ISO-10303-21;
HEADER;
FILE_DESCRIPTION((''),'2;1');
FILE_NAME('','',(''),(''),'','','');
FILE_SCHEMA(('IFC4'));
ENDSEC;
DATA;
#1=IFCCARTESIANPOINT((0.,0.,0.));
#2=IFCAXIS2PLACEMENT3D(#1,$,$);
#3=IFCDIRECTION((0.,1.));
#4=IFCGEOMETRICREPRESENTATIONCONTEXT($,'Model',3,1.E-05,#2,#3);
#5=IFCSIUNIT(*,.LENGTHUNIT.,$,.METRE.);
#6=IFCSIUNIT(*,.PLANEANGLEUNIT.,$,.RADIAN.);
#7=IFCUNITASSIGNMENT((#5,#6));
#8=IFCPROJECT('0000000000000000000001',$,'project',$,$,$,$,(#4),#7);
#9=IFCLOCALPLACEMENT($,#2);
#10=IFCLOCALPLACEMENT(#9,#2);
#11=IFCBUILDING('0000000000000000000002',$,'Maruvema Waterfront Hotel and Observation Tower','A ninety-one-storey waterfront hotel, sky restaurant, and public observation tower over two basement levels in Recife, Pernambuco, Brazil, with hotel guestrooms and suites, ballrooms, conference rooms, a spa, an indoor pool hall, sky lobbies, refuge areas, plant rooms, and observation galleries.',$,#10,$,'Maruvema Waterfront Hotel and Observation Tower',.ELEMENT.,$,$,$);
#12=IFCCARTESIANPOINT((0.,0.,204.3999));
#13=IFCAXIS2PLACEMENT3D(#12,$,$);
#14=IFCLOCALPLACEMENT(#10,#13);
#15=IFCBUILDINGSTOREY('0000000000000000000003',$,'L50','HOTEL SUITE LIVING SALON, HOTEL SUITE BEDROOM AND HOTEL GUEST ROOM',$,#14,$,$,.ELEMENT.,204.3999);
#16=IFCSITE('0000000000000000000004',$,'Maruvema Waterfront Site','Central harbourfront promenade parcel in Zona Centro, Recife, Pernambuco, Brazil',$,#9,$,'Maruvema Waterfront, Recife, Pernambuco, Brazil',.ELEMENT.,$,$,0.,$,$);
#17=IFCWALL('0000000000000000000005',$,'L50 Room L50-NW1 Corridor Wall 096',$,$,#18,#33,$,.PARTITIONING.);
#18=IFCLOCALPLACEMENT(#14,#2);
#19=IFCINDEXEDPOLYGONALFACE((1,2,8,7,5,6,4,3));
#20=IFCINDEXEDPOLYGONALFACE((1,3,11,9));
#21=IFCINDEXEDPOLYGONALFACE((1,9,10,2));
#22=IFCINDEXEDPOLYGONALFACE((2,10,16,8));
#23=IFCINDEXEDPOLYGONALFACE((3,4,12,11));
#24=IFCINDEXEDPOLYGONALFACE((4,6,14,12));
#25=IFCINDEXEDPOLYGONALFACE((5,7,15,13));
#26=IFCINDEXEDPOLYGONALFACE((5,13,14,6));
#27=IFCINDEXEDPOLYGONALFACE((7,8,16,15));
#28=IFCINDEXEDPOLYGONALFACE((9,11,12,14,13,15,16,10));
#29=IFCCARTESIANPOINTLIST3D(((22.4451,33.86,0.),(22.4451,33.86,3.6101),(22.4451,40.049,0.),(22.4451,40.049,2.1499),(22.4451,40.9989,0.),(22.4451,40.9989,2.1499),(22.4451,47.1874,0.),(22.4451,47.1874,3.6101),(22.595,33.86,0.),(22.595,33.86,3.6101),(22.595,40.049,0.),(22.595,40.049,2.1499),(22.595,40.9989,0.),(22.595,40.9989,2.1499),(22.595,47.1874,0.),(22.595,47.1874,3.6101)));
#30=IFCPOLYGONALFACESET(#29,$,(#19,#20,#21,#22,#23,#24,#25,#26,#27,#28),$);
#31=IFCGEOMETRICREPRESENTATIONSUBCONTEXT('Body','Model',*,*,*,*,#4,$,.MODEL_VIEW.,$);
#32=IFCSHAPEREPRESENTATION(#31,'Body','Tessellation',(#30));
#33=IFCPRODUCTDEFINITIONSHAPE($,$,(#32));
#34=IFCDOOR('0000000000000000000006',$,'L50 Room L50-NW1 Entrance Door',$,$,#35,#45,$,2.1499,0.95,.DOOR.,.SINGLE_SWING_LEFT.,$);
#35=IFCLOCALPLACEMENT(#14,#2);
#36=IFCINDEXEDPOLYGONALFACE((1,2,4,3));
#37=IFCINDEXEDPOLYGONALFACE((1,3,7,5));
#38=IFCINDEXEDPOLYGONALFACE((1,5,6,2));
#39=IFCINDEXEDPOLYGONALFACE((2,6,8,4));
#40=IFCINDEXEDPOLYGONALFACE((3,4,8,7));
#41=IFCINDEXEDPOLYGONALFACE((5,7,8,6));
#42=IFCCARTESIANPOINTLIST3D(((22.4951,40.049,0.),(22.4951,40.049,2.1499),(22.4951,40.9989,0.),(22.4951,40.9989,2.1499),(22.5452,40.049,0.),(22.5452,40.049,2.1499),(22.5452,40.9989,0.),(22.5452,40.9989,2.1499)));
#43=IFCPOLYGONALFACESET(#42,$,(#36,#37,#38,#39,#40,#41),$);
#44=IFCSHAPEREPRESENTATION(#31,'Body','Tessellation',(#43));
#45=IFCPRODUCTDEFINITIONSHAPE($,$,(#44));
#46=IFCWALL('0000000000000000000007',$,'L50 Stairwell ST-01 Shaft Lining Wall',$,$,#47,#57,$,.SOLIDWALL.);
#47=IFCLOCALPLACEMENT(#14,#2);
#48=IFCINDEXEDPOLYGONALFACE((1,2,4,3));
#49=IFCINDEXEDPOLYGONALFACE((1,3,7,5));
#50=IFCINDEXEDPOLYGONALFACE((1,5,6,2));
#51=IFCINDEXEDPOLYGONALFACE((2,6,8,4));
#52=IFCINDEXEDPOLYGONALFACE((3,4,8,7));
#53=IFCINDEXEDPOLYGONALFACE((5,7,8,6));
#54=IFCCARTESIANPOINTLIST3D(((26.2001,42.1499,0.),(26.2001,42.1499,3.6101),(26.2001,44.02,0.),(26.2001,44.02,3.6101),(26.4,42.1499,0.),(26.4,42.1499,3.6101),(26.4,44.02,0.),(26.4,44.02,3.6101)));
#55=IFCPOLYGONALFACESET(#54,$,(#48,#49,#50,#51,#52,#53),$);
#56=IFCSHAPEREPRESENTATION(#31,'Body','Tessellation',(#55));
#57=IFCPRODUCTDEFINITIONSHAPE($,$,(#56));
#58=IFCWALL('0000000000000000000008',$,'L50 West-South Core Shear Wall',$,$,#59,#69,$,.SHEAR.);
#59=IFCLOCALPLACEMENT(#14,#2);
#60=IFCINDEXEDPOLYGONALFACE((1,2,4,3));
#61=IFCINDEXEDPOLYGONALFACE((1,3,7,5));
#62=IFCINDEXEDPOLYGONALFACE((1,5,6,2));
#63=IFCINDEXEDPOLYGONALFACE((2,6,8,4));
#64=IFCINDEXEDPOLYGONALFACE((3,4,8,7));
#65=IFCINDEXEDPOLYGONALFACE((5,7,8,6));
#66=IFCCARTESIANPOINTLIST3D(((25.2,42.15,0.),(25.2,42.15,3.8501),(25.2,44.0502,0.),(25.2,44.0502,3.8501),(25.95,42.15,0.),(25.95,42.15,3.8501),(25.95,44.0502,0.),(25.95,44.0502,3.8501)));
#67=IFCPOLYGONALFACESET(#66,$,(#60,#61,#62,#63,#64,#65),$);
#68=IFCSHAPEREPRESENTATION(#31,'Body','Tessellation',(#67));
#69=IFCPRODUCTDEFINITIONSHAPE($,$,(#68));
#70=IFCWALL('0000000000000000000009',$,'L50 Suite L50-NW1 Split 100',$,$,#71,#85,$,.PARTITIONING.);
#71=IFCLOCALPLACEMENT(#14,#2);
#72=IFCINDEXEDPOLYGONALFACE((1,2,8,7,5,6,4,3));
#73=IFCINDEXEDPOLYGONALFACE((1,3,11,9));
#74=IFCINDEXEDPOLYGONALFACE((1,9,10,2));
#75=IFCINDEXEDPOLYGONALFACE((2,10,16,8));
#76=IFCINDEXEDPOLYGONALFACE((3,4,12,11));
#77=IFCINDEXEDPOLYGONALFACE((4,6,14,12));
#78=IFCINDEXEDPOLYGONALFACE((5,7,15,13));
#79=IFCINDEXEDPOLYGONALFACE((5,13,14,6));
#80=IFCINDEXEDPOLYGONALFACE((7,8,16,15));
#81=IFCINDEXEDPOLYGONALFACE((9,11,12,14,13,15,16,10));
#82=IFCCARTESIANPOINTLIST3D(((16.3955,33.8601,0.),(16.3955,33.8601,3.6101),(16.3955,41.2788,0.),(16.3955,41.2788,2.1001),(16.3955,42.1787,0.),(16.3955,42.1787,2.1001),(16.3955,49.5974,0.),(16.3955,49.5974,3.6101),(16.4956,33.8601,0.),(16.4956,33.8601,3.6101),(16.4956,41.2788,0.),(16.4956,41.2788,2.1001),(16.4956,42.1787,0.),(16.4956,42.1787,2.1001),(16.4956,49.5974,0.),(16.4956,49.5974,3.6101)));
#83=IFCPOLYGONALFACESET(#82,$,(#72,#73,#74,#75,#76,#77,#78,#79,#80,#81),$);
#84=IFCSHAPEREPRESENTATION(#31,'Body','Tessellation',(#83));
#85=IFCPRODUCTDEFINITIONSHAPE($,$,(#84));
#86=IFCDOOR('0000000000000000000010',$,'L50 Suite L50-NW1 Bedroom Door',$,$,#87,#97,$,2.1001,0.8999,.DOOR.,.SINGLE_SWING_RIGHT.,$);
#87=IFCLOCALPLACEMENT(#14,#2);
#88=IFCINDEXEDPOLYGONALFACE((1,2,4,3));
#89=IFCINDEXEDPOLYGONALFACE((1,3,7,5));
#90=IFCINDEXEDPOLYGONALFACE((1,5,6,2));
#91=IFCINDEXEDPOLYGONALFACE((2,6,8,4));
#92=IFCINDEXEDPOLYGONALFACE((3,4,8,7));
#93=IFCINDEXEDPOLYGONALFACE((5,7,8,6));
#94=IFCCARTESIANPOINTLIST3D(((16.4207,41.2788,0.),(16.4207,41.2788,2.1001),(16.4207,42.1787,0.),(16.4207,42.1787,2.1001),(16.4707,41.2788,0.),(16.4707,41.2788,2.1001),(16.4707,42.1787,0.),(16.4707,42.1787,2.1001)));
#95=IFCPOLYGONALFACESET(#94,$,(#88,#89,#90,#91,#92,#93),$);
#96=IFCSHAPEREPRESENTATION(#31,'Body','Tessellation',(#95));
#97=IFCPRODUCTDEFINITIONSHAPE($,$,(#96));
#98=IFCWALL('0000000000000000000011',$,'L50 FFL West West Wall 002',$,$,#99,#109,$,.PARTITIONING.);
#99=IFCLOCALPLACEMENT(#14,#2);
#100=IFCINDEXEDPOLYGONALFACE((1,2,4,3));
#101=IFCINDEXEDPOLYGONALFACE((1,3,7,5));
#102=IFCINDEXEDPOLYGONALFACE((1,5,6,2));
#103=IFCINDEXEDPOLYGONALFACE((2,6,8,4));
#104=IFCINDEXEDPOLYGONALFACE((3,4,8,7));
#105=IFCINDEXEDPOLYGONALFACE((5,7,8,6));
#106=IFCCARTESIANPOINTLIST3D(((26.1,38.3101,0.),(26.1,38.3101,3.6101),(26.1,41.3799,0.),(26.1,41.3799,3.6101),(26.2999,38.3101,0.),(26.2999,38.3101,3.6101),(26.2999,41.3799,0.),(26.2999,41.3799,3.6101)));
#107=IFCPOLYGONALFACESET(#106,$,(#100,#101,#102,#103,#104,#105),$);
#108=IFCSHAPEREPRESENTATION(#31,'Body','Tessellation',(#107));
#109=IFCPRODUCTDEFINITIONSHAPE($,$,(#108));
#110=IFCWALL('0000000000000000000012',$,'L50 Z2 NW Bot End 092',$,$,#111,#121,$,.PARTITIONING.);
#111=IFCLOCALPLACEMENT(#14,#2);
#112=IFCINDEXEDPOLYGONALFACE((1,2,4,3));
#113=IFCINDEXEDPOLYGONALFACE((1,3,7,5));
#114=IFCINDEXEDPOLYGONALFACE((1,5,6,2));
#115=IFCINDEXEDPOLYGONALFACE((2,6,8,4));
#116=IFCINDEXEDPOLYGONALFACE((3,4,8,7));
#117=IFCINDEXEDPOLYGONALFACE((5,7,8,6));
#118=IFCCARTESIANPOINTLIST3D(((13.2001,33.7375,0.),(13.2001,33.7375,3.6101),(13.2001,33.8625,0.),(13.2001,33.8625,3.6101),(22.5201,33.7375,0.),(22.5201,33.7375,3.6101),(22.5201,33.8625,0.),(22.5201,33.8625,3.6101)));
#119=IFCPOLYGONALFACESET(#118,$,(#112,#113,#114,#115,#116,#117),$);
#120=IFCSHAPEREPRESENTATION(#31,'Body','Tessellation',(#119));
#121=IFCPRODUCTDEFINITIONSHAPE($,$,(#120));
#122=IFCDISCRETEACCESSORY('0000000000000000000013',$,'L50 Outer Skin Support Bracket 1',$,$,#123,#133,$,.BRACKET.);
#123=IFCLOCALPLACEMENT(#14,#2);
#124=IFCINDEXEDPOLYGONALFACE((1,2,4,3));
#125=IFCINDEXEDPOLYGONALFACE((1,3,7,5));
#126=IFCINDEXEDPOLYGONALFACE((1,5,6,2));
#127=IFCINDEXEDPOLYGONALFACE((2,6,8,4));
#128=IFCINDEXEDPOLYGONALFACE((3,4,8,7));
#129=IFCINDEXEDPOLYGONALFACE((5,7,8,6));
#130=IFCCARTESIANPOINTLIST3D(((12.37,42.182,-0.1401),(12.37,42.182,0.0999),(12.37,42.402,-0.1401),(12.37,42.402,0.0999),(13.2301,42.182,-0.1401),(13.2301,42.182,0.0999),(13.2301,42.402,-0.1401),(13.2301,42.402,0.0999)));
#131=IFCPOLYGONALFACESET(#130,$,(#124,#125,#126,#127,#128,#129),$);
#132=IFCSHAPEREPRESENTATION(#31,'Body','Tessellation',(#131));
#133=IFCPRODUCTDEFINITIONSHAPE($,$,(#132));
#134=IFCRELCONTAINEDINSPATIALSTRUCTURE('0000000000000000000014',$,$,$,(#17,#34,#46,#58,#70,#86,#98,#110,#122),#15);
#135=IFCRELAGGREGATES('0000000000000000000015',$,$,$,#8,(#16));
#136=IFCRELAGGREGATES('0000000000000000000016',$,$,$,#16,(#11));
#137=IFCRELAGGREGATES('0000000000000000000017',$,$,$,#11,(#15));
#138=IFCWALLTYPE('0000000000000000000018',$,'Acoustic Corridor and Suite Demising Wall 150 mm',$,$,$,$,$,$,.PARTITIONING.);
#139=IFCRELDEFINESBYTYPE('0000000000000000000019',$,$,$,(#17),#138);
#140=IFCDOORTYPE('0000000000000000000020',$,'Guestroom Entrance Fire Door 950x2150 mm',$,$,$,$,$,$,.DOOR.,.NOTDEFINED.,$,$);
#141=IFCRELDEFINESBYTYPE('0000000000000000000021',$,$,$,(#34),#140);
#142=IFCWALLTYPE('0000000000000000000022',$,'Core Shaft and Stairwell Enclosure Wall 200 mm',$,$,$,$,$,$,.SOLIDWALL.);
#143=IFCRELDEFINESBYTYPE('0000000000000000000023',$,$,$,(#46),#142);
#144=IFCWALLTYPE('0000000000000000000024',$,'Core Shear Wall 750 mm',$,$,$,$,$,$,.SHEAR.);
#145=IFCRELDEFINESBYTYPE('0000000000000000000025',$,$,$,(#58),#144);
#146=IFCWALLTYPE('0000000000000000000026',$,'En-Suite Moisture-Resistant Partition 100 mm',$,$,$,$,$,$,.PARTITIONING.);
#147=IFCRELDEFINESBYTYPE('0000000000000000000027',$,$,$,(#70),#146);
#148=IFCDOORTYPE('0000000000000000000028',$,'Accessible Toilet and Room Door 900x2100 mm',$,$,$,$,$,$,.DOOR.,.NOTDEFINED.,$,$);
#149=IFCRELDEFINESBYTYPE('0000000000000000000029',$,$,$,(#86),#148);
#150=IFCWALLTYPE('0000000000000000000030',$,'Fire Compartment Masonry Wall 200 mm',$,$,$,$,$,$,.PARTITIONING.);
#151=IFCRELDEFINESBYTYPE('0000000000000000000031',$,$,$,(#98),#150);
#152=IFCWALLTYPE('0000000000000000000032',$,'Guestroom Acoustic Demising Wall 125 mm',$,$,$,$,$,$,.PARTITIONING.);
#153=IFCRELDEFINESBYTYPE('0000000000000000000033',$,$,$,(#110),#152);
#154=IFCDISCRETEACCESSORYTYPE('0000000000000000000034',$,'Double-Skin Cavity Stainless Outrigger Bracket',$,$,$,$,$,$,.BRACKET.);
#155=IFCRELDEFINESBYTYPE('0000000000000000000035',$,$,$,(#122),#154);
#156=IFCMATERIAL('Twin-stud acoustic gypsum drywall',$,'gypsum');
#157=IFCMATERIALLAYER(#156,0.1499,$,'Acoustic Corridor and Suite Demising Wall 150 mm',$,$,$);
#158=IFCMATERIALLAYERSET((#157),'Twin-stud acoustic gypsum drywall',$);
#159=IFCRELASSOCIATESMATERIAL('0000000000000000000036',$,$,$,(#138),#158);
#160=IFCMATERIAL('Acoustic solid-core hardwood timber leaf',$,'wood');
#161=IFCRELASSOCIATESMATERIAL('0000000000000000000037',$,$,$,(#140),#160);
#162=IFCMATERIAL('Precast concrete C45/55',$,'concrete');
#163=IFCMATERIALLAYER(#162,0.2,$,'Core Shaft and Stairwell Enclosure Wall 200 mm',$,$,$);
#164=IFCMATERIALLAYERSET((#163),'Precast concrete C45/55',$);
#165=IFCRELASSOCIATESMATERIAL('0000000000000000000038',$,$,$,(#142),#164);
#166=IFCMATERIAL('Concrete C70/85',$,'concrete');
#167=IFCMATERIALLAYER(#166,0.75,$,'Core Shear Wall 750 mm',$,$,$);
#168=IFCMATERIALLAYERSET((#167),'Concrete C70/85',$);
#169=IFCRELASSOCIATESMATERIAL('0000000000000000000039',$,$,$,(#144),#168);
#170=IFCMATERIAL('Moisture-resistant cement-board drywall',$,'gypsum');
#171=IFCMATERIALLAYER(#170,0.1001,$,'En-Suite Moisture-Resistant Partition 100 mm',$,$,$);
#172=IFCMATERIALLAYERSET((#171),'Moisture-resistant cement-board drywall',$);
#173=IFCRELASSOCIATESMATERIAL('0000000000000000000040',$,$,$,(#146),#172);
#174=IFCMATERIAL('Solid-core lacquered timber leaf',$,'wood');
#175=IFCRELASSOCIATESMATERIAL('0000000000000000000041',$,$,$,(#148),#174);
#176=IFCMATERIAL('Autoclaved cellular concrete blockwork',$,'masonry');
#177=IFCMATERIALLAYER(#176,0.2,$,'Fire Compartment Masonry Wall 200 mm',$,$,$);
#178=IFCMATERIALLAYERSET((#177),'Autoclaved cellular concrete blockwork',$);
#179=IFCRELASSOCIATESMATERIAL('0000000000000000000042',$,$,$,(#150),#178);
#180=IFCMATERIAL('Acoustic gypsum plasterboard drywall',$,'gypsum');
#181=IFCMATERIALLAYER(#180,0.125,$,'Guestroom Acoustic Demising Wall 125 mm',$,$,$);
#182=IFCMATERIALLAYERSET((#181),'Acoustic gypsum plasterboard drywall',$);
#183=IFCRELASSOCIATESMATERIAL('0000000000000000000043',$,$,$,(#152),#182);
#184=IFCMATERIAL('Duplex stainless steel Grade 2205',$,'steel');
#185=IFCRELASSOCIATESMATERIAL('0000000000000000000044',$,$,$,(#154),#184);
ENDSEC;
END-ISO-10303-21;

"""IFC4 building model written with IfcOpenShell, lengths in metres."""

from ifc_helpers import new_model, si_unit, direction, frame, frame_2d, origin, origin_2d, place, context, subcontext, project, spatial, rectangle, extrude, material, layer, layer_set, type_object, element, fill, save


model = new_model("IFC4")

# Units and contexts
model_context = context("Model", 3, precision=1e-05, world=origin(), true_north=direction((0.0, 1.0)))
body_context = subcontext(model_context, "Body", "Model", "MODEL_VIEW")
ifc_project = project(units=[si_unit("LENGTHUNIT", "METRE"), si_unit("PLANEANGLEUNIT", "RADIAN")], contexts=[model_context])

# Site, building, storey
site_placement = place(None, origin())
site = spatial("IfcSite", under=ifc_project, at=site_placement, Name="Maruvema Waterfront Site", Description="Central harbourfront promenade parcel in Zona Centro, Recife, Pernambuco, Brazil", LongName="Maruvema Waterfront, Recife, Pernambuco, Brazil", CompositionType="ELEMENT", RefElevation=0.0)
building_placement = place(site_placement, origin())
building = spatial("IfcBuilding", under=site, at=building_placement, Name="Maruvema Waterfront Hotel and Observation Tower", Description="A ninety-one-storey waterfront hotel, sky restaurant, and public observation tower over two basement levels in Recife, Pernambuco, Brazil, with hotel guestrooms and suites, ballrooms, conference rooms, a spa, an indoor pool hall, sky lobbies, refuge areas, plant rooms, and observation galleries.", LongName="Maruvema Waterfront Hotel and Observation Tower", CompositionType="ELEMENT")
storey_placement = place(building_placement, frame((0.0, 0.0, 204.3999)))
storey = spatial("IfcBuildingStorey", under=building, at=storey_placement, Name="L50", Description="HOTEL SUITE LIVING SALON, HOTEL SUITE BEDROOM AND HOTEL GUEST ROOM", CompositionType="ELEMENT", Elevation=204.3999)

# Wall, opening, door
ifc_material_1 = material(Name="Twin-stud acoustic gypsum drywall", Category="gypsum")
ifc_layer_1 = layer(ifc_material_1, 0.1499, Name="Acoustic Corridor and Suite Demising Wall 150 mm")
ifc_layer_set_1 = layer_set([ifc_layer_1], Name="Twin-stud acoustic gypsum drywall")
wall_type_1 = type_object("IfcWallType", Name="Acoustic Corridor and Suite Demising Wall 150 mm", PredefinedType="PARTITIONING", material=ifc_layer_set_1)
wall_1_placement = place(storey_placement, frame((22.52, 33.8601, 0.0), z_axis=(0.0, 0.0, 1.0), x_axis=(0.0, 1.0, 0.0)))
wall_1 = element("IfcWall", 1, at=wall_1_placement, inside=storey, type_object=wall_type_1, Name="L50 Room L50-NW1 Corridor Wall 096", PredefinedType="PARTITIONING", context=body_context, shape_type="SweptSolid", body=[
    extrude(rectangle(XDim=13.3274, YDim=0.1499, at=frame_2d((6.6636, 0.0))), origin(), (0.0, 0.0, 1.0), 3.6101),
])
opening_1_placement = place(wall_1_placement, frame((6.1887, 0.0, 0.0)))
opening_1 = element("IfcOpeningElement", 2, at=opening_1_placement, cuts=wall_1, PredefinedType="OPENING", context=body_context, shape_type="SweptSolid", body=[
    extrude(rectangle(XDim=0.95, YDim=2.1499, at=frame_2d((0.4751, 1.075))), frame((0.0, 0.085, 0.0), z_axis=(0.0, -1.0, 0.0), x_axis=(1.0, 0.0, 0.0)), (0.0, 0.0, 1.0), 0.1699),
])
ifc_material_2 = material(Name="Acoustic solid-core hardwood timber leaf", Category="wood")
door_type_1 = type_object("IfcDoorType", Name="Guestroom Entrance Fire Door 950x2150 mm", OperationType="NOTDEFINED", PredefinedType="DOOR", material=ifc_material_2)
door_1_placement = place(opening_1_placement, origin())
door_1 = element("IfcDoor", 3, at=door_1_placement, inside=storey, type_object=door_type_1, Name="L50 Room L50-NW1 Entrance Door", OperationType="SINGLE_SWING_LEFT", OverallHeight=2.1499, OverallWidth=0.95, PredefinedType="DOOR", context=body_context, shape_type="SweptSolid", body=[
    extrude(rectangle(XDim=0.95, YDim=2.1499, at=frame_2d((0.4751, 1.075))), frame((0.0, 0.0249, 0.0), z_axis=(0.0, -1.0, 0.0), x_axis=(1.0, 0.0, 0.0)), (0.0, 0.0, 1.0), 0.05),
])
fill(opening_1, door_1)

# Wall
ifc_material_3 = material(Name="Precast concrete C45/55", Category="concrete")
ifc_layer_2 = layer(ifc_material_3, 0.2, Name="Core Shaft and Stairwell Enclosure Wall 200 mm")
ifc_layer_set_2 = layer_set([ifc_layer_2], Name="Precast concrete C45/55")
wall_type_2 = type_object("IfcWallType", Name="Core Shaft and Stairwell Enclosure Wall 200 mm", PredefinedType="SOLIDWALL", material=ifc_layer_set_2)
wall_2_placement = place(storey_placement, frame((26.3, 42.1499, 0.0), z_axis=(0.0, 0.0, 1.0), x_axis=(0.0, 1.0, 0.0)))
element("IfcWall", 4, at=wall_2_placement, inside=storey, type_object=wall_type_2, Name="L50 Stairwell ST-01 Shaft Lining Wall", PredefinedType="SOLIDWALL", context=body_context, shape_type="SweptSolid", body=[
    extrude(rectangle(XDim=1.8701, YDim=0.2, at=frame_2d((0.9351, 0.0))), origin(), (0.0, 0.0, 1.0), 3.6101),
])

# Shared definitions
ifc_material_4 = material(Name="Concrete C70/85", Category="concrete")
ifc_layer_3 = layer(ifc_material_4, 0.75, Name="Core Shear Wall 750 mm")
ifc_layer_set_3 = layer_set([ifc_layer_3], Name="Concrete C70/85")
wall_type_3 = type_object("IfcWallType", Name="Core Shear Wall 750 mm", PredefinedType="SHEAR", material=ifc_layer_set_3)

# Wall
wall_3_placement = place(storey_placement, frame((25.575, 42.1499, 0.0), z_axis=(0.0, 0.0, 1.0), x_axis=(0.0, 1.0, 0.0)))
element("IfcWall", 5, at=wall_3_placement, inside=storey, type_object=wall_type_3, Name="L50 West-South Core Shear Wall", PredefinedType="SHEAR", context=body_context, shape_type="SweptSolid", body=[
    extrude(rectangle(XDim=1.9001, YDim=0.75, at=frame_2d((0.9502, 0.0))), origin(), (0.0, 0.0, 1.0), 3.8501),
])

# Wall, opening, door
ifc_material_5 = material(Name="Moisture-resistant cement-board drywall", Category="gypsum")
ifc_layer_4 = layer(ifc_material_5, 0.1001, Name="En-Suite Moisture-Resistant Partition 100 mm")
ifc_layer_set_4 = layer_set([ifc_layer_4], Name="Moisture-resistant cement-board drywall")
wall_type_4 = type_object("IfcWallType", Name="En-Suite Moisture-Resistant Partition 100 mm", PredefinedType="PARTITIONING", material=ifc_layer_set_4)
wall_4_placement = place(storey_placement, frame((16.4456, 33.8601, 0.0), z_axis=(0.0, 0.0, 1.0), x_axis=(0.0, 1.0, 0.0)))
wall_4 = element("IfcWall", 6, at=wall_4_placement, inside=storey, type_object=wall_type_4, Name="L50 Suite L50-NW1 Split 100", PredefinedType="PARTITIONING", context=body_context, shape_type="SweptSolid", body=[
    extrude(rectangle(XDim=15.7373, YDim=0.1001, at=frame_2d((7.8687, 0.0))), origin(), (0.0, 0.0, 1.0), 3.6101),
])
opening_2_placement = place(wall_4_placement, frame((7.4187, 0.0, 0.0)))
opening_2 = element("IfcOpeningElement", 7, at=opening_2_placement, cuts=wall_4, PredefinedType="OPENING", context=body_context, shape_type="SweptSolid", body=[
    extrude(rectangle(XDim=0.8999, YDim=2.1001, at=frame_2d((0.45, 1.05))), frame((0.0, 0.0601, 0.0), z_axis=(0.0, -1.0, 0.0), x_axis=(1.0, 0.0, 0.0)), (0.0, 0.0, 1.0), 0.1201),
])
ifc_material_6 = material(Name="Solid-core lacquered timber leaf", Category="wood")
door_type_2 = type_object("IfcDoorType", Name="Accessible Toilet and Room Door 900x2100 mm", OperationType="NOTDEFINED", PredefinedType="DOOR", material=ifc_material_6)
door_2_placement = place(opening_2_placement, origin())
door_2 = element("IfcDoor", 8, at=door_2_placement, inside=storey, type_object=door_type_2, Name="L50 Suite L50-NW1 Bedroom Door", OperationType="SINGLE_SWING_RIGHT", OverallHeight=2.1001, OverallWidth=0.8999, PredefinedType="DOOR", context=body_context, shape_type="SweptSolid", body=[
    extrude(rectangle(XDim=0.8999, YDim=2.1001, at=frame_2d((0.45, 1.05))), frame((0.0, 0.0249, 0.0), z_axis=(0.0, -1.0, 0.0), x_axis=(1.0, 0.0, 0.0)), (0.0, 0.0, 1.0), 0.05),
])
fill(opening_2, door_2)
ifc_material_7 = material(Name="Autoclaved cellular concrete blockwork", Category="masonry")
ifc_layer_5 = layer(ifc_material_7, 0.2, Name="Fire Compartment Masonry Wall 200 mm")
ifc_layer_set_5 = layer_set([ifc_layer_5], Name="Autoclaved cellular concrete blockwork")
wall_type_5 = type_object("IfcWallType", Name="Fire Compartment Masonry Wall 200 mm", PredefinedType="PARTITIONING", material=ifc_layer_set_5)

# Walls
wall_5_placement = place(storey_placement, frame((26.2, 38.3101, 0.0), z_axis=(0.0, 0.0, 1.0), x_axis=(0.0, 1.0, 0.0)))
element("IfcWall", 9, at=wall_5_placement, inside=storey, type_object=wall_type_5, Name="L50 FFL West West Wall 002", PredefinedType="PARTITIONING", context=body_context, shape_type="SweptSolid", body=[
    extrude(rectangle(XDim=3.0698, YDim=0.2, at=frame_2d((1.5349, 0.0))), origin(), (0.0, 0.0, 1.0), 3.6101),
])
ifc_material_8 = material(Name="Acoustic gypsum plasterboard drywall", Category="gypsum")
ifc_layer_6 = layer(ifc_material_8, 0.125, Name="Guestroom Acoustic Demising Wall 125 mm")
ifc_layer_set_6 = layer_set([ifc_layer_6], Name="Acoustic gypsum plasterboard drywall")
wall_type_6 = type_object("IfcWallType", Name="Guestroom Acoustic Demising Wall 125 mm", PredefinedType="PARTITIONING", material=ifc_layer_set_6)
wall_6_placement = place(storey_placement, frame((13.2, 33.8, 0.0), z_axis=(0.0, 0.0, 1.0), x_axis=(1.0, 0.0, 0.0)))
element("IfcWall", 10, at=wall_6_placement, inside=storey, type_object=wall_type_6, Name="L50 Z2 NW Bot End 092", PredefinedType="PARTITIONING", context=body_context, shape_type="SweptSolid", body=[
    extrude(rectangle(XDim=9.3201, YDim=0.125, at=frame_2d((4.6602, 0.0))), origin(), (0.0, 0.0, 1.0), 3.6101),
])

# Discrete accessory
ifc_material_9 = material(Name="Duplex stainless steel Grade 2205", Category="steel")
discrete_accessory_type = type_object("IfcDiscreteAccessoryType", Name="Double-Skin Cavity Stainless Outrigger Bracket", PredefinedType="BRACKET", material=ifc_material_9)
discrete_accessory_placement = place(storey_placement, frame((12.8, 42.292, -0.1401), z_axis=(0.0, 0.0, 1.0), x_axis=(0.0, -1.0, 0.0)))
element("IfcDiscreteAccessory", 11, at=discrete_accessory_placement, inside=storey, type_object=discrete_accessory_type, Name="L50 Outer Skin Support Bracket 1", PredefinedType="BRACKET", context=body_context, shape_type="SweptSolid", body=[
    extrude(rectangle(XDim=0.22, YDim=0.8601, at=origin_2d()), origin(), (0.0, 0.0, 1.0), 0.24),
])

save(model, "model.ifc")
